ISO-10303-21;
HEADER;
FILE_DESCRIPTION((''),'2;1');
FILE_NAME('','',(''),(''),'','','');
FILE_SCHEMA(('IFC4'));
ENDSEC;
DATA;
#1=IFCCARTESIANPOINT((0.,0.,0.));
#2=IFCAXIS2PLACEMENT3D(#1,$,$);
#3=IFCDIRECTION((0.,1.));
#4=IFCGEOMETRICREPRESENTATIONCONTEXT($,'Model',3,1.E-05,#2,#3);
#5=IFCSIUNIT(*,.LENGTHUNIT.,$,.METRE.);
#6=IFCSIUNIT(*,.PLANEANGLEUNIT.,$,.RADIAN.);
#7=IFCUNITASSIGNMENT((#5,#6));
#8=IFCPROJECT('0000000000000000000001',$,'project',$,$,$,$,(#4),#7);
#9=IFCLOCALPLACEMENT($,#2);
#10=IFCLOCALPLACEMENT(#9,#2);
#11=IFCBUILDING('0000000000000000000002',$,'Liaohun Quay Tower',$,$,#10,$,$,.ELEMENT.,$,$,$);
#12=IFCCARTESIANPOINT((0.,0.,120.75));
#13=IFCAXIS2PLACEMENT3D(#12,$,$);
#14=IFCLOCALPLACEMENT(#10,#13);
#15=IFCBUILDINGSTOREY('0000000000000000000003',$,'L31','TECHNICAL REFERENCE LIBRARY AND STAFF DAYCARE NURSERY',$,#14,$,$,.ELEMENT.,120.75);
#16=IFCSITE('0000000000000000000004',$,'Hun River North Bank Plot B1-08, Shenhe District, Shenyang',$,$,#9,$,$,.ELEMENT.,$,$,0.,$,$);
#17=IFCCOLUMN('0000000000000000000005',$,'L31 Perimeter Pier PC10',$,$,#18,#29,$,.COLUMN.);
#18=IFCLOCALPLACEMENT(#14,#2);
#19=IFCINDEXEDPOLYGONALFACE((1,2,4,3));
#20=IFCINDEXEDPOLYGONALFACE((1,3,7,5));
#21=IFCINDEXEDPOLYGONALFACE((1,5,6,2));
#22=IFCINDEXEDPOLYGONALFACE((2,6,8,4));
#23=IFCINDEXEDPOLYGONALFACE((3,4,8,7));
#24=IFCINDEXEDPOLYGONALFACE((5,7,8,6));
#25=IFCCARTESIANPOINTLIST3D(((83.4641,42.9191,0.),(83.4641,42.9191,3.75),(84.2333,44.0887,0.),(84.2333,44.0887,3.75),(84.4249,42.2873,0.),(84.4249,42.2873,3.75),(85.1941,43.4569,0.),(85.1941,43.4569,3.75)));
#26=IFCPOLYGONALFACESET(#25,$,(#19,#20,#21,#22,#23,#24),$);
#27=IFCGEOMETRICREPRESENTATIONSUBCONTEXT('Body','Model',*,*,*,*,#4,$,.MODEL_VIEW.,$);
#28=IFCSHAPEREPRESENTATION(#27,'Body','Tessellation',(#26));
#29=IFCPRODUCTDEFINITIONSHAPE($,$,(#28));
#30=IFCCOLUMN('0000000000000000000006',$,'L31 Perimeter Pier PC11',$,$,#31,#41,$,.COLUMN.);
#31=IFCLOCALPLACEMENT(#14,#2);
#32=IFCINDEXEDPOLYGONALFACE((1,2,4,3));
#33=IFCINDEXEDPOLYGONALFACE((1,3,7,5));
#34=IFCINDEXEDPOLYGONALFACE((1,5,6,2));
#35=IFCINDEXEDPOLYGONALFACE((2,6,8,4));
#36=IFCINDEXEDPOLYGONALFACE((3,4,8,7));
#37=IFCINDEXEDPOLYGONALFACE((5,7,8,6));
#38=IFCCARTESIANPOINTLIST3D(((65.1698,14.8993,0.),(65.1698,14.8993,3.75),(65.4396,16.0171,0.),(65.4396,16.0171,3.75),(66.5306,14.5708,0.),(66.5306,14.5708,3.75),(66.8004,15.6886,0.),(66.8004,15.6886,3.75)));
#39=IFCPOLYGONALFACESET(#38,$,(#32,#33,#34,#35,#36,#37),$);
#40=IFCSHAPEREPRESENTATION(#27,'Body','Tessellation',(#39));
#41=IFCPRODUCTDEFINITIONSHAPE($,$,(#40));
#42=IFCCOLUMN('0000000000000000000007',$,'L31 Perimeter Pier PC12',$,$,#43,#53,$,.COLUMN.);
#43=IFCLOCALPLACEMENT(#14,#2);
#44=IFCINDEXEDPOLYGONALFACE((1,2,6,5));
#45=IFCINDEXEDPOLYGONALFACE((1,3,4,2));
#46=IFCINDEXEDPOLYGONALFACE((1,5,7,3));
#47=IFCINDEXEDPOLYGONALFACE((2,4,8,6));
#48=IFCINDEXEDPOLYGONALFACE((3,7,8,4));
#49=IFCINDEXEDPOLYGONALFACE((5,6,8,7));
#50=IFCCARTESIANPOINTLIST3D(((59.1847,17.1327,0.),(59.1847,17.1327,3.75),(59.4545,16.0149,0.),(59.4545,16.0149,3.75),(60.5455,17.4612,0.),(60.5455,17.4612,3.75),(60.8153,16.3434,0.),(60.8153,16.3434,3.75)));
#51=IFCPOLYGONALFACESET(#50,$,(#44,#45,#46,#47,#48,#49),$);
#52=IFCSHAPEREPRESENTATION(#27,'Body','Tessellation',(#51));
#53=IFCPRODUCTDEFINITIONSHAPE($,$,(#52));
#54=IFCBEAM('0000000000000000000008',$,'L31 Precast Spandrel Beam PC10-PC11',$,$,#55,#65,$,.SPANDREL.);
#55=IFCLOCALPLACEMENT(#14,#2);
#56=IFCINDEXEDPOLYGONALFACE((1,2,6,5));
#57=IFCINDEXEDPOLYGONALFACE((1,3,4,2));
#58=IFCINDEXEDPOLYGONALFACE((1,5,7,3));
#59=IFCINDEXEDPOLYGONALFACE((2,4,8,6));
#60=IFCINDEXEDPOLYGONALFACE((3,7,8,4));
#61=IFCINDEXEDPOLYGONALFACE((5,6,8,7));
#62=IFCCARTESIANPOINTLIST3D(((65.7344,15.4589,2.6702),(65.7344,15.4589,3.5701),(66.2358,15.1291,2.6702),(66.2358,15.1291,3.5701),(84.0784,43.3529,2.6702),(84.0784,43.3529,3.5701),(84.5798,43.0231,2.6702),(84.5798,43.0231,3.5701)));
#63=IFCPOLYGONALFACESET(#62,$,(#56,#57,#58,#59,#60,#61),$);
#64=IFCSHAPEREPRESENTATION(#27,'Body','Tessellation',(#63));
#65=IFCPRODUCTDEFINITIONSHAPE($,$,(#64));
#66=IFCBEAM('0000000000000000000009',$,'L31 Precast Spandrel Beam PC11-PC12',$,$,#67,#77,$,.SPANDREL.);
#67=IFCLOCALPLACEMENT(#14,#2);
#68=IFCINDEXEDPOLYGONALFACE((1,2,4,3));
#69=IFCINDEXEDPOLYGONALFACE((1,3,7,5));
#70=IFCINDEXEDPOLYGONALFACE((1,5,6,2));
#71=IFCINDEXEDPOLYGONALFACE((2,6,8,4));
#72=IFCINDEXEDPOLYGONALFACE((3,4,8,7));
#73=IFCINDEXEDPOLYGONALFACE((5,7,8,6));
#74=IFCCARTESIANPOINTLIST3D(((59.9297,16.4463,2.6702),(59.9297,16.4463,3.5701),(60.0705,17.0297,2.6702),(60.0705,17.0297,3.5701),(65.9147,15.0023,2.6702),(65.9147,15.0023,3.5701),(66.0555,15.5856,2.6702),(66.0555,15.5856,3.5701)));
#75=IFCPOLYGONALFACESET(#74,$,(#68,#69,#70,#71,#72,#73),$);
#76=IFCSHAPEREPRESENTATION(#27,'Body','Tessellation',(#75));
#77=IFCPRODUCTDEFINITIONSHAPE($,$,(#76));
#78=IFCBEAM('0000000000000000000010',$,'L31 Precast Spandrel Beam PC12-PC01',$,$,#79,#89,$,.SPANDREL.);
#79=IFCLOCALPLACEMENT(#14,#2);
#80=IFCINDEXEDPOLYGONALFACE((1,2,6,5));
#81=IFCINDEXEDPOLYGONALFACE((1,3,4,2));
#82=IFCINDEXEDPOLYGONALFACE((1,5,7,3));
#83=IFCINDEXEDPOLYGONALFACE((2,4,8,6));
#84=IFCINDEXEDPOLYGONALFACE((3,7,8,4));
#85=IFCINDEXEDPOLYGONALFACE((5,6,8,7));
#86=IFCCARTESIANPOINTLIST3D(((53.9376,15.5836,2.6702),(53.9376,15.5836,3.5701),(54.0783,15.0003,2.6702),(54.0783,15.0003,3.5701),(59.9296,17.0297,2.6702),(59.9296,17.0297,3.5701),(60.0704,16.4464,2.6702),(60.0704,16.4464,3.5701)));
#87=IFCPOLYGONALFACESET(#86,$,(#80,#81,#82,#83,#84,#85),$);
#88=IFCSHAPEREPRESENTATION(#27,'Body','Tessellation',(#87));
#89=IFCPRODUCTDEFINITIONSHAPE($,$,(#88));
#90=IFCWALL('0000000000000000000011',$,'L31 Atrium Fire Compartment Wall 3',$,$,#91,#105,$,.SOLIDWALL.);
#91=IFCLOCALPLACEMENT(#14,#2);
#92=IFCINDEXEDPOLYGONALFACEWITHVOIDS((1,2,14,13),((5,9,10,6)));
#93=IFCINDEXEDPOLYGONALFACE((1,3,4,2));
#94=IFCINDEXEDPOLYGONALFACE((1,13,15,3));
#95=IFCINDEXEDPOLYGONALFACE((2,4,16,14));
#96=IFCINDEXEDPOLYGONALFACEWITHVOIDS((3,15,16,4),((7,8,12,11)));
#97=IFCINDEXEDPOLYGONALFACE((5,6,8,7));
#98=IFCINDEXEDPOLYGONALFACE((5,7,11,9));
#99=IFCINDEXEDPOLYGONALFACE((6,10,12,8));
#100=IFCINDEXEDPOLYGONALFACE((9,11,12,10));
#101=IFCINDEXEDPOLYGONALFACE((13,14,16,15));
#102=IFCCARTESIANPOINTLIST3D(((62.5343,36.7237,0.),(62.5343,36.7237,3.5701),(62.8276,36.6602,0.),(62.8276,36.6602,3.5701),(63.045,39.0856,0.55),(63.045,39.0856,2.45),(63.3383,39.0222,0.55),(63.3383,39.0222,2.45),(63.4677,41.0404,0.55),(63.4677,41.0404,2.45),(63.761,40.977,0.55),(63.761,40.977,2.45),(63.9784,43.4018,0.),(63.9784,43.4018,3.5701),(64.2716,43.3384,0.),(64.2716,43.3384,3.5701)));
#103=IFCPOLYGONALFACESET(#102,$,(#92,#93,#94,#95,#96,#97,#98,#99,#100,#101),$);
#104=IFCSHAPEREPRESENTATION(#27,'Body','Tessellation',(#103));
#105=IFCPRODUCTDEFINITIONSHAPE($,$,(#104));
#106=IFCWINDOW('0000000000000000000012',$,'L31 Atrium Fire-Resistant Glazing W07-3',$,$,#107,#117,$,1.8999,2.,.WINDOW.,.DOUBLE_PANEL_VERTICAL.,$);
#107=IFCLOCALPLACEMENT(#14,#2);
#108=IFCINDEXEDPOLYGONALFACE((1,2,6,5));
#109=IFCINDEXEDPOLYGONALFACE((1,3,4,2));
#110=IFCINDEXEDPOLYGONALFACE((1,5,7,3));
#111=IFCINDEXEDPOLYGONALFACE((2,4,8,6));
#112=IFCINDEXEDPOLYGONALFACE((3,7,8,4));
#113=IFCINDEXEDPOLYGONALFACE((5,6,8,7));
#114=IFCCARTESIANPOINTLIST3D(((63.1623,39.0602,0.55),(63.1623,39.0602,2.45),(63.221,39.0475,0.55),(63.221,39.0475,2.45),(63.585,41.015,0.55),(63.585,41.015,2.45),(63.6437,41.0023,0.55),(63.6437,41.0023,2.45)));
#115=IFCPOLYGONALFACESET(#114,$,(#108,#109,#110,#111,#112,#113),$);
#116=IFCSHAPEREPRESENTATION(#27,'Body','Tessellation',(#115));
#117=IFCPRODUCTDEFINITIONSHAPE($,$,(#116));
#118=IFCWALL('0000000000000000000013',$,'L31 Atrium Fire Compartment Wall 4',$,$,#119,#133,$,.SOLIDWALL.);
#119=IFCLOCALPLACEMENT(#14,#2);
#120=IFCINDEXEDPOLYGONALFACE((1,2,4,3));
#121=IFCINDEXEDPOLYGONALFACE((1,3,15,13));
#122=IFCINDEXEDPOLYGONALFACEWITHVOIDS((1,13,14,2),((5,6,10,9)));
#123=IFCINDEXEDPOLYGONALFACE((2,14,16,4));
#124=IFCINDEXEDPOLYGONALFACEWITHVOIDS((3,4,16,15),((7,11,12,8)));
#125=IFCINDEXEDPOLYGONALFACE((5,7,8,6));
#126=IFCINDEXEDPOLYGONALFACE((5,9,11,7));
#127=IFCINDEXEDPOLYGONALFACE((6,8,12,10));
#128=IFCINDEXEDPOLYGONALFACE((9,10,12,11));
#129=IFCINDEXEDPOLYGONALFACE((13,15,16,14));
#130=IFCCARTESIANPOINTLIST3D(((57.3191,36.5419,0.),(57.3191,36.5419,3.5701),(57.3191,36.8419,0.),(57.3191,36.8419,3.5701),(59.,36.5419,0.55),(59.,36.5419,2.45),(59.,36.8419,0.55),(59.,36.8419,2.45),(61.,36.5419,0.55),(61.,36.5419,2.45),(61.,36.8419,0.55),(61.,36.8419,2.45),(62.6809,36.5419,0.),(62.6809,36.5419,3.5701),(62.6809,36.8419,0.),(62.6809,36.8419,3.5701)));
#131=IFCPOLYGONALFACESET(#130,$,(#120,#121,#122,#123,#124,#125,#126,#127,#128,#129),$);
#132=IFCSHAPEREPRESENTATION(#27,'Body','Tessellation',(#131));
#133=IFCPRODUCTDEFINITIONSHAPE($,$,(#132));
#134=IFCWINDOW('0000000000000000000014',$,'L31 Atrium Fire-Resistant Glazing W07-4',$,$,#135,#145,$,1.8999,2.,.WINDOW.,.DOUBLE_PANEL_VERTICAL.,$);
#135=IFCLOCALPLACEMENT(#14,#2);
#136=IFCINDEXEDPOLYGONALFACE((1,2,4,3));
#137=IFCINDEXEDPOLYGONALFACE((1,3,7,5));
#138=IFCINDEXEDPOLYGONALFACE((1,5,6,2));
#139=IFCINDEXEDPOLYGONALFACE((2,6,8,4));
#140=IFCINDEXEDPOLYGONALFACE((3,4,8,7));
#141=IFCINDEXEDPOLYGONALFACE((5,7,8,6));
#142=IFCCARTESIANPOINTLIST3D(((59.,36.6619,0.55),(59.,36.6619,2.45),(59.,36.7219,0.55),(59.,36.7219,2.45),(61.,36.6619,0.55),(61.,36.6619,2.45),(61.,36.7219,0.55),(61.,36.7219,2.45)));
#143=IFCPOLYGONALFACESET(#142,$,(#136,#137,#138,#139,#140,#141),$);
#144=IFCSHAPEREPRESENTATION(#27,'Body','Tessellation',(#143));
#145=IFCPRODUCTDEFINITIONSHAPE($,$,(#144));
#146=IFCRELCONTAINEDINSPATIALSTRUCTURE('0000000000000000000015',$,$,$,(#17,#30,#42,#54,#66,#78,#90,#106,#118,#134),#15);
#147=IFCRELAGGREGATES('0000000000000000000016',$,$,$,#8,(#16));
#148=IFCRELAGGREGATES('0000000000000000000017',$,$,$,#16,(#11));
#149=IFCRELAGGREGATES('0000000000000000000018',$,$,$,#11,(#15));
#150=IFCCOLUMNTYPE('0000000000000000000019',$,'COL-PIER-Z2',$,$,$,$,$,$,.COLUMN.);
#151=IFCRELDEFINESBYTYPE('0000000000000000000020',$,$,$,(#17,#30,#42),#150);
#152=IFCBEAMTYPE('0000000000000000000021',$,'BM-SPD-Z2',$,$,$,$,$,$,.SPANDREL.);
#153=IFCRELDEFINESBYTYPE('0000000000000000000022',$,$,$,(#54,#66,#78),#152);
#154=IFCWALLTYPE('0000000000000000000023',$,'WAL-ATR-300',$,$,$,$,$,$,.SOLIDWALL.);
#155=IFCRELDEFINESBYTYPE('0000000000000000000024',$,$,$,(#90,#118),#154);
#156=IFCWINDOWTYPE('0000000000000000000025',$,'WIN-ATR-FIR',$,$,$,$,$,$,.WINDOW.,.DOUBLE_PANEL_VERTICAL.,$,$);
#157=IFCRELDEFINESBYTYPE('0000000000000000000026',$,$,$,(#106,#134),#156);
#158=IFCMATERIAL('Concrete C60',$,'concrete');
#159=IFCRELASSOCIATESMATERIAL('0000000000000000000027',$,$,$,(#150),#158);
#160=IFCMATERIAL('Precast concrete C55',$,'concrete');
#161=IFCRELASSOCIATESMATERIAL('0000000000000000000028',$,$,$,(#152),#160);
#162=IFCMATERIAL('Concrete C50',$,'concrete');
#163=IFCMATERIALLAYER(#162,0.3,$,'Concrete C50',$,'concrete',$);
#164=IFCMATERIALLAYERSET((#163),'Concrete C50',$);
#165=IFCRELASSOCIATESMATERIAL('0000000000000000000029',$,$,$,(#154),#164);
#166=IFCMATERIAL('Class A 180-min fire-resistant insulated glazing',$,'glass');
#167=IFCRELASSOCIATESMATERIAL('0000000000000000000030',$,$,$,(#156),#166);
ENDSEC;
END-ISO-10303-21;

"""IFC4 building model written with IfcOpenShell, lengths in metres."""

from ifc_helpers import new_model, si_unit, direction, frame, frame_2d, origin, origin_2d, place, context, subcontext, project, spatial, rectangle, extrude, source, transform, mapped, material, layer, layer_set, material_profile, profile_set, type_object, element, fill, save


model = new_model("IFC4")

# Units and contexts
model_context = context("Model", 3, precision=1e-05, world=origin(), true_north=direction((0.0, 1.0)))
body_context = subcontext(model_context, "Body", "Model", "MODEL_VIEW")
ifc_project = project(units=[si_unit("LENGTHUNIT", "METRE"), si_unit("PLANEANGLEUNIT", "RADIAN")], contexts=[model_context])

# Site, building, storey
site_placement = place(None, origin())
site = spatial("IfcSite", under=ifc_project, at=site_placement, Name="Hun River North Bank Plot B1-08, Shenhe District, Shenyang", CompositionType="ELEMENT", RefElevation=0.0)
building_placement = place(site_placement, origin())
building = spatial("IfcBuilding", under=site, at=building_placement, Name="Liaohun Quay Tower", CompositionType="ELEMENT")
storey_placement = place(building_placement, frame((0.0, 0.0, 120.75)))
storey = spatial("IfcBuildingStorey", under=building, at=storey_placement, Name="L31", Description="TECHNICAL REFERENCE LIBRARY AND STAFF DAYCARE NURSERY", CompositionType="ELEMENT", Elevation=120.75)

# Columns
ifc_material_1 = material(Name="Concrete C60", Category="concrete")
ifc_material_profile_1 = material_profile(ifc_material_1, rectangle(XDim=1.3999, YDim=1.1499, at=origin_2d()), Name="RC1400x1150")
ifc_profile_set_1 = profile_set([ifc_material_profile_1], Name="Concrete C60")
column_type = type_object("IfcColumnType", Name="COL-PIER-Z2", PredefinedType="COLUMN", material=ifc_profile_set_1)
shared_shape_1 = source(origin(), body_context, "Body", "SweptSolid", [
    extrude(rectangle(XDim=1.3999, YDim=1.1499, at=origin_2d()), origin(), (0.0, 0.0, 1.0), 3.75),
])
for number, where, z_axis, x_axis, name in (
    (1, (84.3291, 43.188, 0.0), (0.0, 0.0, 1.0), (0.54946, 0.83552, 0.0), "L31 Perimeter Pier PC10"),
    (2, (65.9851, 15.2939, 0.0), (0.0, 0.0, 1.0), (-0.972084, 0.234633, 0.0), "L31 Perimeter Pier PC11"),
    (3, (60.0, 16.738, 0.0), (0.0, 0.0, 1.0), (0.972084, 0.234633, 0.0), "L31 Perimeter Pier PC12"),
):
    element("IfcColumn", number, at=place(storey_placement, frame(where, z_axis=z_axis, x_axis=x_axis)), inside=storey, type_object=column_type, Name=name, PredefinedType="COLUMN", context=body_context, shape_type="MappedRepresentation", body=[
        mapped(shared_shape_1, transform((0.0, 0.0, 0.0), x_axis=(1.0, 0.0, 0.0), y_axis=(0.0, 1.0, 0.0), z_axis=(0.0, 0.0, 1.0), scale=1.0)),
    ])

# Beams
ifc_material_2 = material(Name="Precast concrete C55", Category="concrete")
ifc_material_profile_2 = material_profile(ifc_material_2, rectangle(XDim=0.6001, YDim=0.8999, at=origin_2d()), Name="RC600x900")
ifc_profile_set_2 = profile_set([ifc_material_profile_2], Name="Precast concrete C55")
beam_type = type_object("IfcBeamType", Name="BM-SPD-Z2", PredefinedType="SPANDREL", material=ifc_profile_set_2)
shared_shape_2 = source(origin(), body_context, "Body", "SweptSolid", [
    extrude(rectangle(XDim=0.6001, YDim=0.8999, at=origin_2d()), origin(), (0.0, 0.0, 1.0), 33.3853),
])
beam_1_placement = place(storey_placement, frame((84.3291, 43.188, 3.1201), z_axis=(-0.549463, -0.835518, 0.0), x_axis=(0.835518, -0.549463, 0.0)))
element("IfcBeam", 4, at=beam_1_placement, inside=storey, type_object=beam_type, Name="L31 Precast Spandrel Beam PC10-PC11", PredefinedType="SPANDREL", context=body_context, shape_type="MappedRepresentation", body=[
    mapped(shared_shape_2, transform((0.0, 0.0, 0.0), x_axis=(1.0, 0.0, 0.0), y_axis=(0.0, 1.0, 0.0), z_axis=(0.0, 0.0, 1.0), scale=1.0)),
])
shared_shape_3 = source(origin(), body_context, "Body", "SweptSolid", [
    extrude(rectangle(XDim=0.6001, YDim=0.8999, at=origin_2d()), origin(), (0.0, 0.0, 1.0), 6.1567),
])
beam_2_placement = place(storey_placement, frame((65.9851, 15.2939, 3.1201), z_axis=(-0.972104, 0.23455, 0.0), x_axis=(-0.23455, -0.972104, 0.0)))
element("IfcBeam", 5, at=beam_2_placement, inside=storey, type_object=beam_type, Name="L31 Precast Spandrel Beam PC11-PC12", PredefinedType="SPANDREL", context=body_context, shape_type="MappedRepresentation", body=[
    mapped(shared_shape_3, transform((0.0, 0.0, 0.0), x_axis=(1.0, 0.0, 0.0), y_axis=(0.0, 1.0, 0.0), z_axis=(0.0, 0.0, 1.0), scale=1.0)),
])
shared_shape_4 = source(origin(), body_context, "Body", "SweptSolid", [
    extrude(rectangle(XDim=0.6001, YDim=0.8999, at=origin_2d()), origin(), (0.0, 0.0, 1.0), 6.1641),
])
beam_3_placement = place(storey_placement, frame((60.0, 16.738, 3.1201), z_axis=(-0.972093, -0.234597, 0.0), x_axis=(0.234597, -0.972093, 0.0)))
element("IfcBeam", 6, at=beam_3_placement, inside=storey, type_object=beam_type, Name="L31 Precast Spandrel Beam PC12-PC01", PredefinedType="SPANDREL", context=body_context, shape_type="MappedRepresentation", body=[
    mapped(shared_shape_4, transform((0.0, 0.0, 0.0), x_axis=(1.0, 0.0, 0.0), y_axis=(0.0, 1.0, 0.0), z_axis=(0.0, 0.0, 1.0), scale=1.0)),
])

# Walls, openings, windows
ifc_material_3 = material(Name="Concrete C50", Category="concrete")
ifc_layer_1 = layer(ifc_material_3, 0.3, Name="Concrete C50", Category="concrete")
ifc_layer_set_1 = layer_set([ifc_layer_1], Name="Concrete C50")
wall_type_1 = type_object("IfcWallType", Name="WAL-ATR-300", PredefinedType="SOLIDWALL", material=ifc_layer_set_1)
wall_1_placement = place(storey_placement, frame((64.125, 43.3701, 0.0), z_axis=(0.0, 0.0, 1.0), x_axis=(-0.211354, -0.97741, 0.0)))
wall_1 = element("IfcWall", 7, at=wall_1_placement, inside=storey, type_object=wall_type_1, Name="L31 Atrium Fire Compartment Wall 3", PredefinedType="SOLIDWALL", context=body_context, shape_type="SweptSolid", body=[
    extrude(rectangle(XDim=6.8325, YDim=0.3, at=frame_2d((3.4163, 0.0))), origin(), (0.0, 0.0, 1.0), 3.5701),
])
shared_shape_5 = source(origin(), body_context, "Body", "SweptSolid", [
    extrude(rectangle(XDim=2.0, YDim=1.8999, at=frame_2d((1.0, 0.95))), frame((0.0, 0.1599, 0.0), z_axis=(0.0, -1.0, 0.0), x_axis=(1.0, 0.0, 0.0)), (0.0, 0.0, 1.0), 0.3201),
])
opening_1_placement = place(wall_1_placement, frame((2.416, 0.0, 0.55)))
opening_1 = element("IfcOpeningElement", 8, at=opening_1_placement, cuts=wall_1, PredefinedType="OPENING", context=body_context, shape_type="MappedRepresentation", body=[
    mapped(shared_shape_5, transform((0.0, 0.0, 0.0), x_axis=(1.0, 0.0, 0.0), y_axis=(0.0, 1.0, 0.0), z_axis=(0.0, 0.0, 1.0), scale=1.0)),
])
ifc_material_4 = material(Name="Class A 180-min fire-resistant insulated glazing", Category="glass")
window_type_1 = type_object("IfcWindowType", Name="WIN-ATR-FIR", PartitioningType="DOUBLE_PANEL_VERTICAL", PredefinedType="WINDOW", material=ifc_material_4)
shared_shape_6 = source(origin(), body_context, "Body", "SweptSolid", [
    extrude(rectangle(XDim=2.0, YDim=1.8999, at=frame_2d((1.0, 0.95))), frame((0.0, 0.03, 0.0), z_axis=(0.0, -1.0, 0.0), x_axis=(1.0, 0.0, 0.0)), (0.0, 0.0, 1.0), 0.0601),
])
window_1_placement = place(opening_1_placement, origin())
window_1 = element("IfcWindow", 9, at=window_1_placement, inside=storey, type_object=window_type_1, Name="L31 Atrium Fire-Resistant Glazing W07-3", OverallHeight=1.8999, OverallWidth=2.0, PartitioningType="DOUBLE_PANEL_VERTICAL", PredefinedType="WINDOW", context=body_context, shape_type="MappedRepresentation", body=[
    mapped(shared_shape_6, transform((0.0, 0.0, 0.0), x_axis=(1.0, 0.0, 0.0), y_axis=(0.0, 1.0, 0.0), z_axis=(0.0, 0.0, 1.0), scale=1.0)),
])
fill(opening_1, window_1)
wall_2_placement = place(storey_placement, frame((62.6809, 36.6919, 0.0), z_axis=(0.0, 0.0, 1.0), x_axis=(-1.0, 0.0, 0.0)))
wall_2 = element("IfcWall", 10, at=wall_2_placement, inside=storey, type_object=wall_type_1, Name="L31 Atrium Fire Compartment Wall 4", PredefinedType="SOLIDWALL", context=body_context, shape_type="SweptSolid", body=[
    extrude(rectangle(XDim=5.3618, YDim=0.3, at=frame_2d((2.6809, 0.0))), origin(), (0.0, 0.0, 1.0), 3.5701),
])
opening_2_placement = place(wall_2_placement, frame((1.6809, 0.0, 0.55)))
opening_2 = element("IfcOpeningElement", 11, at=opening_2_placement, cuts=wall_2, PredefinedType="OPENING", context=body_context, shape_type="MappedRepresentation", body=[
    mapped(shared_shape_5, transform((0.0, 0.0, 0.0), x_axis=(1.0, 0.0, 0.0), y_axis=(0.0, 1.0, 0.0), z_axis=(0.0, 0.0, 1.0), scale=1.0)),
])
window_2_placement = place(opening_2_placement, origin())
window_2 = element("IfcWindow", 12, at=window_2_placement, inside=storey, type_object=window_type_1, Name="L31 Atrium Fire-Resistant Glazing W07-4", OverallHeight=1.8999, OverallWidth=2.0, PartitioningType="DOUBLE_PANEL_VERTICAL", PredefinedType="WINDOW", context=body_context, shape_type="MappedRepresentation", body=[
    mapped(shared_shape_6, transform((0.0, 0.0, 0.0), x_axis=(1.0, 0.0, 0.0), y_axis=(0.0, 1.0, 0.0), z_axis=(0.0, 0.0, 1.0), scale=1.0)),
])
fill(opening_2, window_2)

save(model, "model.ifc")
